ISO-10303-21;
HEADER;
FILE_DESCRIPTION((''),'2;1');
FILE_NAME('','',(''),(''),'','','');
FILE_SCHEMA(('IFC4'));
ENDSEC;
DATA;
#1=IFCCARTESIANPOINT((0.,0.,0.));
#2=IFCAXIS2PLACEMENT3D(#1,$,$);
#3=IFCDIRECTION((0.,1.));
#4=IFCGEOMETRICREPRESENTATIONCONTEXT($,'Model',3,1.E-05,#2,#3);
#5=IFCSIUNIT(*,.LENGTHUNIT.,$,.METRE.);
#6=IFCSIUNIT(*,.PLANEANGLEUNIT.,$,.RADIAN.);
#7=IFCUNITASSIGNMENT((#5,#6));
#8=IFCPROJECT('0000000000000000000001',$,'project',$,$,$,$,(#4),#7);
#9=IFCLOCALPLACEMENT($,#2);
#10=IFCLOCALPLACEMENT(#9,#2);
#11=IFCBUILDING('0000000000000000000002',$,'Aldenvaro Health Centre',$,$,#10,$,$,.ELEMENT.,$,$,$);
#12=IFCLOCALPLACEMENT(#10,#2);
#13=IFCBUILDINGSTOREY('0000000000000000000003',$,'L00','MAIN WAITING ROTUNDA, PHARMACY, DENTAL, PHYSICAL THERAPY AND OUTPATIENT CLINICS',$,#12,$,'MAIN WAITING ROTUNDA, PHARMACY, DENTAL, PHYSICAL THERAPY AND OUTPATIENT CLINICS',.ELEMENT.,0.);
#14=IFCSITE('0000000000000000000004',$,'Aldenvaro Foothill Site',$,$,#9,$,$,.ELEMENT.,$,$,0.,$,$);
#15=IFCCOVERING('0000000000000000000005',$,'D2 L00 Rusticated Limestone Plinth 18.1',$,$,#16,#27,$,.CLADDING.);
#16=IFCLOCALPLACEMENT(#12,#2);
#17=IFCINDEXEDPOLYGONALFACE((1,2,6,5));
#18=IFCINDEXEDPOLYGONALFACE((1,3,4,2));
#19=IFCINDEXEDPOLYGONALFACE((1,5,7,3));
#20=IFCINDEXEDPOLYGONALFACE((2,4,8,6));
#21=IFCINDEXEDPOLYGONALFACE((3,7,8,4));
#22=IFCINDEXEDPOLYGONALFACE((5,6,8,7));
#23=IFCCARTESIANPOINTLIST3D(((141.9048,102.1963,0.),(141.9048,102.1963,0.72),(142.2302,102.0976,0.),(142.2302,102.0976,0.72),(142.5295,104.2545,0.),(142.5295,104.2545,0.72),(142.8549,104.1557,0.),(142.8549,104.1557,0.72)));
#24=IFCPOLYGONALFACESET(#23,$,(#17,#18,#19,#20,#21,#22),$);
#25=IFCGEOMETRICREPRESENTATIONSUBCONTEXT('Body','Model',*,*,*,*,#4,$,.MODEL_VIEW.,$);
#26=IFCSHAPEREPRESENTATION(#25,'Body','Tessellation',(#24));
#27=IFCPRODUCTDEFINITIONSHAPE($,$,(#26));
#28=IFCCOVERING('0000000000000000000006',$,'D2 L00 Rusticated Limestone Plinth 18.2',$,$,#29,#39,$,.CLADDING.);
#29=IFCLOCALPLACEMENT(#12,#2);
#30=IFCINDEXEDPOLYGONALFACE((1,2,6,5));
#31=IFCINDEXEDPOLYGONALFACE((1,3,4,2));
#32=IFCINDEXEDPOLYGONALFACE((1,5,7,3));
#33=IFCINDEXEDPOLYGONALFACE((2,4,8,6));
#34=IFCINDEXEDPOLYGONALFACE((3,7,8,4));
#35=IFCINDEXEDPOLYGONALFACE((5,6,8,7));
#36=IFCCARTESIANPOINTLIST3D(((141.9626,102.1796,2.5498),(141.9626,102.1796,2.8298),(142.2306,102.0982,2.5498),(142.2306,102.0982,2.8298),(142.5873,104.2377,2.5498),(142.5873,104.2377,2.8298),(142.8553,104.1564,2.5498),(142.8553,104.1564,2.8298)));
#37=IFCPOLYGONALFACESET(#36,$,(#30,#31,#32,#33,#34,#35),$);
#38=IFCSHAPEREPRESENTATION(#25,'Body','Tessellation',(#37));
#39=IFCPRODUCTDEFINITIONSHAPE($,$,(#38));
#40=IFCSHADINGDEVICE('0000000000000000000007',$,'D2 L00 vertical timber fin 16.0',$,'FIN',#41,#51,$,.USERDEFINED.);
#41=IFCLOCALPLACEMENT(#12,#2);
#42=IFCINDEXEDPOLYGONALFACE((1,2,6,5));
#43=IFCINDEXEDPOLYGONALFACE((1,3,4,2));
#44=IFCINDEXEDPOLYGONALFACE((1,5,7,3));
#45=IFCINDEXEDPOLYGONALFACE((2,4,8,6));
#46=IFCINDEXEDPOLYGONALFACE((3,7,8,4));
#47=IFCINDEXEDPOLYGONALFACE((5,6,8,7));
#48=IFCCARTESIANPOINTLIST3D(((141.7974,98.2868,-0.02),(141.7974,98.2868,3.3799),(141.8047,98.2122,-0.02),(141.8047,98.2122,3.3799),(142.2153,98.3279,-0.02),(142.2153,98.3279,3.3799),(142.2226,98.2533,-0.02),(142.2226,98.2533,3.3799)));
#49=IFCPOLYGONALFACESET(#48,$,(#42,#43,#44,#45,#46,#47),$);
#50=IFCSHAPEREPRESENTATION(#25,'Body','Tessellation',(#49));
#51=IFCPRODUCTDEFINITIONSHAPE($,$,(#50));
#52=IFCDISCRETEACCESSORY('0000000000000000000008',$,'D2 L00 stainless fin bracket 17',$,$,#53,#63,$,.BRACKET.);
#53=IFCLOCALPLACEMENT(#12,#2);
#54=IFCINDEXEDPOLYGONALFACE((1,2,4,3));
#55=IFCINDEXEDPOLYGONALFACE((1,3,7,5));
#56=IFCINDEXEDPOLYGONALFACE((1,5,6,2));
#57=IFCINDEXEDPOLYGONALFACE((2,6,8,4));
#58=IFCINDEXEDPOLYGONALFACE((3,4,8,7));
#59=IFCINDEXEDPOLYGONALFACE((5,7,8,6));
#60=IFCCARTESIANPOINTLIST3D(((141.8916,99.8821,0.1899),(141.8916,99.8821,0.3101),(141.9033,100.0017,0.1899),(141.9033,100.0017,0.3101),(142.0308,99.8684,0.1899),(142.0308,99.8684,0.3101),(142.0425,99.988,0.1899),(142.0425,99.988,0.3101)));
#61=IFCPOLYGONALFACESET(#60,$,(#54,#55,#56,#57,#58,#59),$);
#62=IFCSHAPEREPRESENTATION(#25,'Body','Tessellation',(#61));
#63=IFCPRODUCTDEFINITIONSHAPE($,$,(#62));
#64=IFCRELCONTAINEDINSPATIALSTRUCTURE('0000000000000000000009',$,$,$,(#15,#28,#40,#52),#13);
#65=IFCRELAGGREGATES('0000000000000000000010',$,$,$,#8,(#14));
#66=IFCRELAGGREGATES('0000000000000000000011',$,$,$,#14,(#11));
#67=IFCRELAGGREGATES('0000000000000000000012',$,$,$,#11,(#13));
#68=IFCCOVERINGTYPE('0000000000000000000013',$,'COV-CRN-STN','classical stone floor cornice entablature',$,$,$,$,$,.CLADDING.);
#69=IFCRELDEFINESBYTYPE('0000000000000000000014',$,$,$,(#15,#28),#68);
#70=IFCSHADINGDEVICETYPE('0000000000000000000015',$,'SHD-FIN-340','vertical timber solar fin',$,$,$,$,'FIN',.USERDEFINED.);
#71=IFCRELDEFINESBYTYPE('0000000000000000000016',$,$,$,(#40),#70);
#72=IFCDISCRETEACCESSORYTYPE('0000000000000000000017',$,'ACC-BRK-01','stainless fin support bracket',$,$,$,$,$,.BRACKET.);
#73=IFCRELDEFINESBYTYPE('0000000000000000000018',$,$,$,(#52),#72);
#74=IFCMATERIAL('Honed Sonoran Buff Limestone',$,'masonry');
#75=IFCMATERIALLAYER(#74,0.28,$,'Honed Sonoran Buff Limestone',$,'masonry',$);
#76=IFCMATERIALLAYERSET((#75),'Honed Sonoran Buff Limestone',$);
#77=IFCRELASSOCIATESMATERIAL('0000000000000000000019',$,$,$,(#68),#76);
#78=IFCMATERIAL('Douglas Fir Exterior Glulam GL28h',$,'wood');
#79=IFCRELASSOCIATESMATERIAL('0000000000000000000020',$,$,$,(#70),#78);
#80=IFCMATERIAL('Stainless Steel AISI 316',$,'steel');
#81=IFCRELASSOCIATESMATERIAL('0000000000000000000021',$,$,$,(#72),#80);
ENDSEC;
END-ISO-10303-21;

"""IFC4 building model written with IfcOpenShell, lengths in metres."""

from ifc_helpers import new_model, si_unit, direction, frame, origin, origin_2d, place, context, subcontext, project, spatial, rectangle, extrude, material, layer, layer_set, type_object, element, save


model = new_model("IFC4")

# Units and contexts
model_context = context("Model", 3, precision=1e-05, world=origin(), true_north=direction((0.0, 1.0)))
body_context = subcontext(model_context, "Body", "Model", "MODEL_VIEW")
ifc_project = project(units=[si_unit("LENGTHUNIT", "METRE"), si_unit("PLANEANGLEUNIT", "RADIAN")], contexts=[model_context])

# Site, building, storey
site_placement = place(None, origin())
site = spatial("IfcSite", under=ifc_project, at=site_placement, Name="Aldenvaro Foothill Site", CompositionType="ELEMENT", RefElevation=0.0)
building_placement = place(site_placement, origin())
building = spatial("IfcBuilding", under=site, at=building_placement, Name="Aldenvaro Health Centre", CompositionType="ELEMENT")
storey_placement = place(building_placement, origin())
storey = spatial("IfcBuildingStorey", under=building, at=storey_placement, Name="L00", Description="MAIN WAITING ROTUNDA, PHARMACY, DENTAL, PHYSICAL THERAPY AND OUTPATIENT CLINICS", LongName="MAIN WAITING ROTUNDA, PHARMACY, DENTAL, PHYSICAL THERAPY AND OUTPATIENT CLINICS", CompositionType="ELEMENT", Elevation=0.0)

# Coverings
ifc_material_1 = material(Name="Honed Sonoran Buff Limestone", Category="masonry")
ifc_layer_1 = layer(ifc_material_1, 0.28, Name="Honed Sonoran Buff Limestone", Category="masonry")
ifc_layer_set_1 = layer_set([ifc_layer_1], Name="Honed Sonoran Buff Limestone")
covering_type = type_object("IfcCoveringType", Name="COV-CRN-STN", Description="classical stone floor cornice entablature", PredefinedType="CLADDING", material=ifc_layer_set_1)
covering_1_placement = place(storey_placement, frame((142.3799, 103.176, 0.0), z_axis=(0.0, 0.0, 1.0), x_axis=(0.290441, 0.956893, 0.0)))
element("IfcCovering", 1, at=covering_1_placement, inside=storey, type_object=covering_type, Name="D2 L00 Rusticated Limestone Plinth 18.1", PredefinedType="CLADDING", context=body_context, shape_type="SweptSolid", body=[
    extrude(rectangle(XDim=2.1509, YDim=0.3401, at=origin_2d()), origin(), (0.0, 0.0, 1.0), 0.72),
])
covering_2_placement = place(storey_placement, frame((142.4089, 103.168, 2.5498), z_axis=(0.0, 0.0, 1.0), x_axis=(0.290441, 0.956893, 0.0)))
element("IfcCovering", 2, at=covering_2_placement, inside=storey, type_object=covering_type, Name="D2 L00 Rusticated Limestone Plinth 18.2", PredefinedType="CLADDING", context=body_context, shape_type="SweptSolid", body=[
    extrude(rectangle(XDim=2.1509, YDim=0.28, at=origin_2d()), origin(), (0.0, 0.0, 1.0), 0.28),
])

# Shading device
ifc_material_2 = material(Name="Douglas Fir Exterior Glulam GL28h", Category="wood")
shading_device_type = type_object("IfcShadingDeviceType", Name="SHD-FIN-340", Description="vertical timber solar fin", ElementType="FIN", PredefinedType="USERDEFINED", material=ifc_material_2)
shading_device_placement = place(storey_placement, frame((142.01, 98.27, -0.02), z_axis=(0.0, 0.0, 1.0), x_axis=(-0.097915, 0.995195, 0.0)))
element("IfcShadingDevice", 3, at=shading_device_placement, inside=storey, type_object=shading_device_type, Name="D2 L00 vertical timber fin 16.0", ObjectType="FIN", PredefinedType="USERDEFINED", context=body_context, shape_type="SweptSolid", body=[
    extrude(rectangle(XDim=0.075, YDim=0.4199, at=origin_2d()), origin(), (0.0, 0.0, 1.0), 3.3999),
])

# Discrete accessory
ifc_material_3 = material(Name="Stainless Steel AISI 316", Category="steel")
discrete_accessory_type = type_object("IfcDiscreteAccessoryType", Name="ACC-BRK-01", Description="stainless fin support bracket", PredefinedType="BRACKET", material=ifc_material_3)
discrete_accessory_placement = place(storey_placement, frame((141.967, 99.9351, 0.1899), z_axis=(0.0, 0.0, 1.0), x_axis=(0.097915, 0.995195, 0.0)))
element("IfcDiscreteAccessory", 4, at=discrete_accessory_placement, inside=storey, type_object=discrete_accessory_type, Name="D2 L00 stainless fin bracket 17", PredefinedType="BRACKET", context=body_context, shape_type="SweptSolid", body=[
    extrude(rectangle(XDim=0.1201, YDim=0.1399, at=origin_2d()), origin(), (0.0, 0.0, 1.0), 0.1201),
])

save(model, "model.ifc")
